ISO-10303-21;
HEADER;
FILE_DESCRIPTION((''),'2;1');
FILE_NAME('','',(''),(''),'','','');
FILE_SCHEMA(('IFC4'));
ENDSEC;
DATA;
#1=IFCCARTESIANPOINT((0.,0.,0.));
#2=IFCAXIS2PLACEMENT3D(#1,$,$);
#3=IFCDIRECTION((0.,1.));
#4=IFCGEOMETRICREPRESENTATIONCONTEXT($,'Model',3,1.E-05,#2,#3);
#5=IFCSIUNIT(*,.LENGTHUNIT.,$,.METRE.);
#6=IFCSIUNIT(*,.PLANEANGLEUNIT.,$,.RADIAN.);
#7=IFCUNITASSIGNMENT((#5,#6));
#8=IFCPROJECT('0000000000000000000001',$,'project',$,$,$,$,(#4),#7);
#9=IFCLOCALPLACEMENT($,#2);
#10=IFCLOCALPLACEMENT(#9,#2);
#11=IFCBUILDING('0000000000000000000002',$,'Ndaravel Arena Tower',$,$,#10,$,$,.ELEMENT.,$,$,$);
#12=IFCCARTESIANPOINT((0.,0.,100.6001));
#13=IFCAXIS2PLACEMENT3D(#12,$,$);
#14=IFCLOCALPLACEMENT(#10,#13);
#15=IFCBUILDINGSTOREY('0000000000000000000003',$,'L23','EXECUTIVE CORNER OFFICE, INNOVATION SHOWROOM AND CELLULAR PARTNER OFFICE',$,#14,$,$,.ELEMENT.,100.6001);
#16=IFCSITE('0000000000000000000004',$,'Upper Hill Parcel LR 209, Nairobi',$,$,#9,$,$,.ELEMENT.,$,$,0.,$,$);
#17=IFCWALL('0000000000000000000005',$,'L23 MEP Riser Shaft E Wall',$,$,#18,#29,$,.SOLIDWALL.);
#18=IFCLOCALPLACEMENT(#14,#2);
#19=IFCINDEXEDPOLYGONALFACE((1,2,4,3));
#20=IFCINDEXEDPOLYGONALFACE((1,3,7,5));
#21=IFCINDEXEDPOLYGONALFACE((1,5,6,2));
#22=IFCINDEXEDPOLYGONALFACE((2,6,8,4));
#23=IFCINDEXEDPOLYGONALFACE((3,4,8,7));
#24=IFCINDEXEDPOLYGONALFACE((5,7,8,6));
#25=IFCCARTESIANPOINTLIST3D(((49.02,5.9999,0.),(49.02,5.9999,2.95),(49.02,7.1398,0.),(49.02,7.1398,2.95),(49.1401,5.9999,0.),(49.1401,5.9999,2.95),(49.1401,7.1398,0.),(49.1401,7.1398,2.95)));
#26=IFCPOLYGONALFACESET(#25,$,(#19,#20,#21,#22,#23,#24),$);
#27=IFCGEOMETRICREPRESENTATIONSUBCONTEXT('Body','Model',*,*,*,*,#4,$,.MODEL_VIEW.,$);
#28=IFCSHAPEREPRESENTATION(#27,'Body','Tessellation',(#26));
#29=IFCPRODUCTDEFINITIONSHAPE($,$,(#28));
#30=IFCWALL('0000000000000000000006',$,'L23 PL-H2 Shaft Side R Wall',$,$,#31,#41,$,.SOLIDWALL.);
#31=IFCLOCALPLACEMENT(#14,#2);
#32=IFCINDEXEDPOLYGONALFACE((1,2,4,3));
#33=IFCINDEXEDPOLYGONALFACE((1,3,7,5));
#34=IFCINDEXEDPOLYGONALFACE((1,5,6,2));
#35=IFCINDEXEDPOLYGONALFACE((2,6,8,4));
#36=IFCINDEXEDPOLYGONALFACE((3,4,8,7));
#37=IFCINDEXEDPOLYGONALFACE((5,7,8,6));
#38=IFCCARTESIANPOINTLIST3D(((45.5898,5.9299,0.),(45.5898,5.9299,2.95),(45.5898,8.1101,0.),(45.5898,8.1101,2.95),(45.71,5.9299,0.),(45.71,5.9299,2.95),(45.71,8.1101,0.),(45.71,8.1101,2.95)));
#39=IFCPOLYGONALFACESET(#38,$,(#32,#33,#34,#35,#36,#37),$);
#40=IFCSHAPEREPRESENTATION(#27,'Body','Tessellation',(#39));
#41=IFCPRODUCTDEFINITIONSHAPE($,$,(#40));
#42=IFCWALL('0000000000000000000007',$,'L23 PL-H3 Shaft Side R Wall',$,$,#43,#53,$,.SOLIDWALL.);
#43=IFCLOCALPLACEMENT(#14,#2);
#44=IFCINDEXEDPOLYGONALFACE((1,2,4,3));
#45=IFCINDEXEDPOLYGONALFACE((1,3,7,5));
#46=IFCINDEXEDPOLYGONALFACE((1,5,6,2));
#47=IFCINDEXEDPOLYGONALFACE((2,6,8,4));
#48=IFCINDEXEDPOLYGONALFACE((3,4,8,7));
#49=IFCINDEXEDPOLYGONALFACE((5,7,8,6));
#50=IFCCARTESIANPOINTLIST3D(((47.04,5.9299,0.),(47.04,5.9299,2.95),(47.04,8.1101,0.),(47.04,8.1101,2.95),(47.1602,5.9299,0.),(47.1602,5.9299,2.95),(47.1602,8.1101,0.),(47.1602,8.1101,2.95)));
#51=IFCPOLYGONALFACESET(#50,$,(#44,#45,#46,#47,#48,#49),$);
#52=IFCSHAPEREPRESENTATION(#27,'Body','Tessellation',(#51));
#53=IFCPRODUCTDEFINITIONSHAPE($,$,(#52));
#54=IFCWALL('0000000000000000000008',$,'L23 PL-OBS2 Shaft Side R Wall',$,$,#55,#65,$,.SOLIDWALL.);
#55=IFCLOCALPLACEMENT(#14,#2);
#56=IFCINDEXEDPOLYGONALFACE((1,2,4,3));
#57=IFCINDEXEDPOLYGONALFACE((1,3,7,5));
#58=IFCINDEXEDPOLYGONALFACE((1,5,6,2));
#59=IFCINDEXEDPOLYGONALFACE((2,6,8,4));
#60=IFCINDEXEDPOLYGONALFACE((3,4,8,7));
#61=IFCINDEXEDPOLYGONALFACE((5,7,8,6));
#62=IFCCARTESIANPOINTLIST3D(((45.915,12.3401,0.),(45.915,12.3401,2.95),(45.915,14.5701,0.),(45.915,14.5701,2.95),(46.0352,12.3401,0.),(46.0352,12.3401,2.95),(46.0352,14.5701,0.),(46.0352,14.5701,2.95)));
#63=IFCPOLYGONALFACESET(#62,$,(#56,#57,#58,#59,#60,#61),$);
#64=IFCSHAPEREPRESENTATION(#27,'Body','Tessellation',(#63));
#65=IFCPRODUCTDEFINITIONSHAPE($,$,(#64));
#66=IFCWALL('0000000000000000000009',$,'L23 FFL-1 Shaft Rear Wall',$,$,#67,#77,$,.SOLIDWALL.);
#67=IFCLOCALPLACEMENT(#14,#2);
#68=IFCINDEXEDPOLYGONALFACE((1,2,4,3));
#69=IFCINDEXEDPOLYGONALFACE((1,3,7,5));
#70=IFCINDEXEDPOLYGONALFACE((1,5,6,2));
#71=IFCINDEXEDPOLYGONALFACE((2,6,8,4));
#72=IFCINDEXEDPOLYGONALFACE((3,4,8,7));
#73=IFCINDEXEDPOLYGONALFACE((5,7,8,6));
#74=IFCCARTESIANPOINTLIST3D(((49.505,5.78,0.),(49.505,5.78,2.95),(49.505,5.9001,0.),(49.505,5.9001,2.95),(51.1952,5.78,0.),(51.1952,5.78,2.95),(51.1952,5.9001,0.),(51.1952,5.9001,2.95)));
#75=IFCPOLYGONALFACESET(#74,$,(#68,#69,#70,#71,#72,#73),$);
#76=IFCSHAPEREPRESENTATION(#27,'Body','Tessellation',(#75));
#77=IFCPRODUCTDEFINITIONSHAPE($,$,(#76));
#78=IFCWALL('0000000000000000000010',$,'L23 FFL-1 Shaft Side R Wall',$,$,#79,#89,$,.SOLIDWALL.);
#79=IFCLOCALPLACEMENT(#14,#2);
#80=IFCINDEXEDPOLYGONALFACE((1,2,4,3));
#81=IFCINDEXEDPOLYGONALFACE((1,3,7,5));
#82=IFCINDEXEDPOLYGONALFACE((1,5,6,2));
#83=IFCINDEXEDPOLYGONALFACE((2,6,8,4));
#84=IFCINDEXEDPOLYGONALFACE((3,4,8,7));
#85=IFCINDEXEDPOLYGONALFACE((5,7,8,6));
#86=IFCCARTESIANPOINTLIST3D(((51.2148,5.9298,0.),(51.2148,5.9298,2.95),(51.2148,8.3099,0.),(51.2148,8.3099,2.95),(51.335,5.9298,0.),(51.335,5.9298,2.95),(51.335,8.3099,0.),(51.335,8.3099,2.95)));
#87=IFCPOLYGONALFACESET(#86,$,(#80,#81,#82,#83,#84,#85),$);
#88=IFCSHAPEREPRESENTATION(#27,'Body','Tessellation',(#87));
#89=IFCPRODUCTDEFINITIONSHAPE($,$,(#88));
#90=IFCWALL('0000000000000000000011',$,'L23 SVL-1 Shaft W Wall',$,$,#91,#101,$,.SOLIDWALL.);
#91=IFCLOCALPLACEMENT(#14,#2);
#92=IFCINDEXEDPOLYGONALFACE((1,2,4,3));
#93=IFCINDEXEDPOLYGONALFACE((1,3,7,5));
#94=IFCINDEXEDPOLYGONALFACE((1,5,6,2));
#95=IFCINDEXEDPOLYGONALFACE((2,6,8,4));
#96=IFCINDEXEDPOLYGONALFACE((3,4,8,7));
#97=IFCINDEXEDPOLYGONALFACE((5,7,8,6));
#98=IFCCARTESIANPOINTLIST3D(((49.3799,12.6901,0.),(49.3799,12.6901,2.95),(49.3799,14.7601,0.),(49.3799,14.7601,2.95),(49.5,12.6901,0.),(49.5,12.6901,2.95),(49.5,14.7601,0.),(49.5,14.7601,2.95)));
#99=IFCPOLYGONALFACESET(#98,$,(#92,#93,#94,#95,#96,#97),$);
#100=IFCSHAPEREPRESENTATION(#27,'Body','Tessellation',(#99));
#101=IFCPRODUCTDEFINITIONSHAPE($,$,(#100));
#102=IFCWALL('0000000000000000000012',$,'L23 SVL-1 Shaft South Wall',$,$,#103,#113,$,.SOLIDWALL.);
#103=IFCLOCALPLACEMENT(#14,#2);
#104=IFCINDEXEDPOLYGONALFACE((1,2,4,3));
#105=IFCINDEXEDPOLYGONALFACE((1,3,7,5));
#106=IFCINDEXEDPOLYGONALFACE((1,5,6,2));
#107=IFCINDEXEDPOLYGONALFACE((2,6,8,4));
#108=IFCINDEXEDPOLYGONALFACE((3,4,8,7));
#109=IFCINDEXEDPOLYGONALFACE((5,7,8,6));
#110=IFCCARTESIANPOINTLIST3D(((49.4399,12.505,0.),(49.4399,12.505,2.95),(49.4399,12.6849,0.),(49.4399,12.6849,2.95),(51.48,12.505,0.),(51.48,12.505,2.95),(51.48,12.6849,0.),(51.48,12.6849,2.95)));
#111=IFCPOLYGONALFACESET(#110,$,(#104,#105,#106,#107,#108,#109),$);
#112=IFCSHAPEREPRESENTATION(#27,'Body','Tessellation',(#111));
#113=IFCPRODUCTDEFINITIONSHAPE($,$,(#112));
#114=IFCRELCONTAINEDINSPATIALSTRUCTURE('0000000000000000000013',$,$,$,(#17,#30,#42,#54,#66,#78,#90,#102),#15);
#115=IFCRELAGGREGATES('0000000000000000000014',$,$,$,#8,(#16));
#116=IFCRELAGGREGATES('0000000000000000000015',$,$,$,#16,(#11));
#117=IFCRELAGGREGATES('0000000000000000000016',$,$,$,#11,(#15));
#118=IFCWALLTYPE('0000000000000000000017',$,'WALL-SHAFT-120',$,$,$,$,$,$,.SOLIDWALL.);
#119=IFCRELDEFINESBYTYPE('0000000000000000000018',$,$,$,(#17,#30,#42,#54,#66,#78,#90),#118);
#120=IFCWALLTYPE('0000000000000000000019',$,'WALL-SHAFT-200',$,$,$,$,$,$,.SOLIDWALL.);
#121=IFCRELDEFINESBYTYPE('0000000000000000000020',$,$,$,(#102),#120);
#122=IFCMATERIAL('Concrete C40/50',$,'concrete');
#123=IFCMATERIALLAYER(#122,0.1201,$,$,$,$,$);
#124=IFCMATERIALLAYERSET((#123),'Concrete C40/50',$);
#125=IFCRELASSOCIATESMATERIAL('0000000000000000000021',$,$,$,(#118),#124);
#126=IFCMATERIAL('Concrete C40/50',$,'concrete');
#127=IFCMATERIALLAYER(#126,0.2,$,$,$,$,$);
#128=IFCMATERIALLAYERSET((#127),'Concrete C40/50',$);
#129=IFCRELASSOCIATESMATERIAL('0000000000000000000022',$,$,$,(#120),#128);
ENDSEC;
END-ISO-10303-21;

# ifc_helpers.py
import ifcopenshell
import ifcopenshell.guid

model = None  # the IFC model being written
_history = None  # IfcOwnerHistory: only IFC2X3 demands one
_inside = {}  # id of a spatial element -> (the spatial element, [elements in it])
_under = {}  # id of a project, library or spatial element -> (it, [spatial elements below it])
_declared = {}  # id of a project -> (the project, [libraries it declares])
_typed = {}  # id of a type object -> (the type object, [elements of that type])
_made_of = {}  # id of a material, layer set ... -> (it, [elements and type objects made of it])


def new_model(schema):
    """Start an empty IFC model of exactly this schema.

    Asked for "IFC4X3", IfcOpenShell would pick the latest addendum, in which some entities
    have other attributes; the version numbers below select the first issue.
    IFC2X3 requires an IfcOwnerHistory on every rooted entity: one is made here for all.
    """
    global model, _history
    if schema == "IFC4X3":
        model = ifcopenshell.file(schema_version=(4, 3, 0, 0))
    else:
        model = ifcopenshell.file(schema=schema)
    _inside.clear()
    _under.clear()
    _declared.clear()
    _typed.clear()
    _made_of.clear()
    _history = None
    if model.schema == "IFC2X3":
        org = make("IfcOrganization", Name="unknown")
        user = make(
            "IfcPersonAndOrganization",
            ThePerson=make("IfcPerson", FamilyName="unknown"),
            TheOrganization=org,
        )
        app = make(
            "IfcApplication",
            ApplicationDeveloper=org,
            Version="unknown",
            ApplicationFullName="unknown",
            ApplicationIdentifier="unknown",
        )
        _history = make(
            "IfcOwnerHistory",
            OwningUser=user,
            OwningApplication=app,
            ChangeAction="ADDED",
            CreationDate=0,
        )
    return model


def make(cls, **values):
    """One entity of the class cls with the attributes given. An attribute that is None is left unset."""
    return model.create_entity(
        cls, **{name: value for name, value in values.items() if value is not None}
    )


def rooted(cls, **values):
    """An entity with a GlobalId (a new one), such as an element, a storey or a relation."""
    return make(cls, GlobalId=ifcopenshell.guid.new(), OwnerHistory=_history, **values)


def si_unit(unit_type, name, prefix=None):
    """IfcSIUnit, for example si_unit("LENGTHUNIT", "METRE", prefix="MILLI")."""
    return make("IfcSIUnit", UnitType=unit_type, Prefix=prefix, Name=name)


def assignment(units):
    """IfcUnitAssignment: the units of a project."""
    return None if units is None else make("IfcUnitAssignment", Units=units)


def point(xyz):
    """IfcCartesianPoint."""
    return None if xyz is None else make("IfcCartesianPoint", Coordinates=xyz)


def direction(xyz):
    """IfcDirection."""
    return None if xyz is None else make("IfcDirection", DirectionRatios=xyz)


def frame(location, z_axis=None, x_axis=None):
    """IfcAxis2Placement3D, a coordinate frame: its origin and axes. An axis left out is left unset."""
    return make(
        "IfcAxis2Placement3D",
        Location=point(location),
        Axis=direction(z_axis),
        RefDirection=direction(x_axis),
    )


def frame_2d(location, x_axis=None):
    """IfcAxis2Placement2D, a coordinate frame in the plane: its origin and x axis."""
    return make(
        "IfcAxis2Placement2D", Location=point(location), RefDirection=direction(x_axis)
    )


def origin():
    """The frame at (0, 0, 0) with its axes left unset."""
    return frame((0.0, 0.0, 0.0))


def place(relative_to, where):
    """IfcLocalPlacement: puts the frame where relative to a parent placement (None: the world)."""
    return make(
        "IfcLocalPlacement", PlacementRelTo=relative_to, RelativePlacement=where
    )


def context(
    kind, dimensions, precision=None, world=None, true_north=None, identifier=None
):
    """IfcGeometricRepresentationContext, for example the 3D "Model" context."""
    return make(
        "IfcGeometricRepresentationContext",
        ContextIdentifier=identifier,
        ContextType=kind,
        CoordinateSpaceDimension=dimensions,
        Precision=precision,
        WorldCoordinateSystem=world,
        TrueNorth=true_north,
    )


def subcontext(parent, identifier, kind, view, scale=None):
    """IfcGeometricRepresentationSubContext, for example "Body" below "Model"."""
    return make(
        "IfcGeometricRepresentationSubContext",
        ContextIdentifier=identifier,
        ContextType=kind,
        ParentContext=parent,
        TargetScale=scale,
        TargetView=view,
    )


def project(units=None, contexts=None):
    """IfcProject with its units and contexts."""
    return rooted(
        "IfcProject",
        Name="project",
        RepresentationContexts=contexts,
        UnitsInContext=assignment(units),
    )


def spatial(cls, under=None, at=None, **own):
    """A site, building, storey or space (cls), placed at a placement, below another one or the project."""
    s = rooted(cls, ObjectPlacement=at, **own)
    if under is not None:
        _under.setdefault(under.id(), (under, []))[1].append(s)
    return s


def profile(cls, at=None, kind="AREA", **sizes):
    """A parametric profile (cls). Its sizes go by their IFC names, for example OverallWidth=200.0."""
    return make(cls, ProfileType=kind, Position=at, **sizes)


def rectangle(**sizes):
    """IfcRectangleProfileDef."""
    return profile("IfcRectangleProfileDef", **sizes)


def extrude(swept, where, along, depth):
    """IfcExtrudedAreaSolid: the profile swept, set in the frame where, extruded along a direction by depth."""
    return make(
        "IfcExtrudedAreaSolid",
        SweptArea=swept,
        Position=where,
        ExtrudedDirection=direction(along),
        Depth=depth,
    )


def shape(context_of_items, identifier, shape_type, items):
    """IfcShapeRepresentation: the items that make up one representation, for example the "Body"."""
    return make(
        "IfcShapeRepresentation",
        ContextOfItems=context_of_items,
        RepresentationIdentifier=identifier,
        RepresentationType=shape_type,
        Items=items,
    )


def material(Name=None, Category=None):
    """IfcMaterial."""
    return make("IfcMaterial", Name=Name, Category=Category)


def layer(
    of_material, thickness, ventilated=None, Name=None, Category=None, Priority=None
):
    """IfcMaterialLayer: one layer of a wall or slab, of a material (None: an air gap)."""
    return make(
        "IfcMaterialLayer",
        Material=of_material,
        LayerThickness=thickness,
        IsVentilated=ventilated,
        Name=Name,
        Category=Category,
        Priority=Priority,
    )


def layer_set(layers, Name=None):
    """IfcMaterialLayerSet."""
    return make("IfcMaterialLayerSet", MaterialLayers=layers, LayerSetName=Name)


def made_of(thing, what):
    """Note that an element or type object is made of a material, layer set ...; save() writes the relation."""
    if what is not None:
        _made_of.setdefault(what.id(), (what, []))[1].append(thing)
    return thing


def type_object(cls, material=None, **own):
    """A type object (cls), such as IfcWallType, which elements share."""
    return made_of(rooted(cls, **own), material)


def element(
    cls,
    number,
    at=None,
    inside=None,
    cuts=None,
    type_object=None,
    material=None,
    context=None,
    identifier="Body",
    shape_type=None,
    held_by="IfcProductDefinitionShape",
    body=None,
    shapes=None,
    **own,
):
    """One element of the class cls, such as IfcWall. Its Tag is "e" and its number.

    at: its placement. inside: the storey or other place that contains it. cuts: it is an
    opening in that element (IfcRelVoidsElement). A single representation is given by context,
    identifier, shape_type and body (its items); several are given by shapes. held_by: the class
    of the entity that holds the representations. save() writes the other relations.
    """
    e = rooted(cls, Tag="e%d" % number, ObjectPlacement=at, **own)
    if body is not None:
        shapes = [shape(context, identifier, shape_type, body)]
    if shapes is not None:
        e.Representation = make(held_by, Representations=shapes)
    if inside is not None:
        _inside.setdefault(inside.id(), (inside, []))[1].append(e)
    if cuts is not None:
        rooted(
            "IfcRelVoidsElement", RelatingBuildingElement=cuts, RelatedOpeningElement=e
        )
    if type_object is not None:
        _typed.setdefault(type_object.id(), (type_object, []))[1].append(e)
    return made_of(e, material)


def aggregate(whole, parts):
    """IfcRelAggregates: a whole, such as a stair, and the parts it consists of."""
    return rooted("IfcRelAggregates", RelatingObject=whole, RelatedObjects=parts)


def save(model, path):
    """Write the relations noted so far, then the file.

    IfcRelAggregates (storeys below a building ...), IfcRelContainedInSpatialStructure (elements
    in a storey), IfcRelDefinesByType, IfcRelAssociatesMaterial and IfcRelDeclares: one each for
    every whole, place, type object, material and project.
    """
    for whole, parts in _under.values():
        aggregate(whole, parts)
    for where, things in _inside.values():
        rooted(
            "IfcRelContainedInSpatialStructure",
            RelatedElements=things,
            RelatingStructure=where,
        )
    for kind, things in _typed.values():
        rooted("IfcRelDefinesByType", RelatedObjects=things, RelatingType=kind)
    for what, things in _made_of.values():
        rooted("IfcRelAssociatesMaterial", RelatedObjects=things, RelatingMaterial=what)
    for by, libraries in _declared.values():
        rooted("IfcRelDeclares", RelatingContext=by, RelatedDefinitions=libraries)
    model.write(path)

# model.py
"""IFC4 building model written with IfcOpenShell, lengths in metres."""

from ifc_helpers import new_model, si_unit, direction, frame, frame_2d, origin, place, context, subcontext, project, spatial, rectangle, extrude, material, layer, layer_set, type_object, element, save


model = new_model("IFC4")

# Units and contexts
model_context = context("Model", 3, precision=1e-05, world=origin(), true_north=direction((0.0, 1.0)))
body_context = subcontext(model_context, "Body", "Model", "MODEL_VIEW")
ifc_project = project(units=[si_unit("LENGTHUNIT", "METRE"), si_unit("PLANEANGLEUNIT", "RADIAN")], contexts=[model_context])

# Site, building, storey
site_placement = place(None, origin())
site = spatial("IfcSite", under=ifc_project, at=site_placement, Name="Upper Hill Parcel LR 209, Nairobi", CompositionType="ELEMENT", RefElevation=0.0)
building_placement = place(site_placement, origin())
building = spatial("IfcBuilding", under=site, at=building_placement, Name="Ndaravel Arena Tower", CompositionType="ELEMENT")
storey_placement = place(building_placement, frame((0.0, 0.0, 100.6001)))
storey = spatial("IfcBuildingStorey", under=building, at=storey_placement, Name="L23", Description="EXECUTIVE CORNER OFFICE, INNOVATION SHOWROOM AND CELLULAR PARTNER OFFICE", CompositionType="ELEMENT", Elevation=100.6001)

# Walls
ifc_material_1 = material(Name="Concrete C40/50", Category="concrete")
ifc_layer_1 = layer(ifc_material_1, 0.1201)
ifc_layer_set_1 = layer_set([ifc_layer_1], Name="Concrete C40/50")
wall_type_1 = type_object("IfcWallType", Name="WALL-SHAFT-120", PredefinedType="SOLIDWALL", material=ifc_layer_set_1)
for number, where, z_axis, x_axis, name in (
    (1, (49.0801, 6.0, 0.0), (0.0, 0.0, 1.0), (0.0, 1.0, 0.0), "L23 MEP Riser Shaft E Wall"),
):
    element("IfcWall", number, at=place(storey_placement, frame(where, z_axis=z_axis, x_axis=x_axis)), inside=storey, type_object=wall_type_1, Name=name, PredefinedType="SOLIDWALL", context=body_context, shape_type="SweptSolid", body=[
        extrude(rectangle(XDim=1.1399, YDim=0.1201, at=frame_2d((0.5698, 0.0))), origin(), (0.0, 0.0, 1.0), 2.95),
    ])
for number, where, z_axis, x_axis, name in (
    (2, (45.6499, 5.9299, 0.0), (0.0, 0.0, 1.0), (0.0, 1.0, 0.0), "L23 PL-H2 Shaft Side R Wall"),
    (3, (47.1001, 5.9299, 0.0), (0.0, 0.0, 1.0), (0.0, 1.0, 0.0), "L23 PL-H3 Shaft Side R Wall"),
):
    element("IfcWall", number, at=place(storey_placement, frame(where, z_axis=z_axis, x_axis=x_axis)), inside=storey, type_object=wall_type_1, Name=name, PredefinedType="SOLIDWALL", context=body_context, shape_type="SweptSolid", body=[
        extrude(rectangle(XDim=2.1802, YDim=0.1201, at=frame_2d((1.0901, 0.0))), origin(), (0.0, 0.0, 1.0), 2.95),
    ])
wall_1_placement = place(storey_placement, frame((45.9751, 12.3401, 0.0), z_axis=(0.0, 0.0, 1.0), x_axis=(0.0, 1.0, 0.0)))
element("IfcWall", 4, at=wall_1_placement, inside=storey, type_object=wall_type_1, Name="L23 PL-OBS2 Shaft Side R Wall", PredefinedType="SOLIDWALL", context=body_context, shape_type="SweptSolid", body=[
    extrude(rectangle(XDim=2.23, YDim=0.1201, at=frame_2d((1.115, 0.0))), origin(), (0.0, 0.0, 1.0), 2.95),
])
wall_2_placement = place(storey_placement, frame((49.5049, 5.8401, 0.0), z_axis=(0.0, 0.0, 1.0), x_axis=(1.0, 0.0, 0.0)))
element("IfcWall", 5, at=wall_2_placement, inside=storey, type_object=wall_type_1, Name="L23 FFL-1 Shaft Rear Wall", PredefinedType="SOLIDWALL", context=body_context, shape_type="SweptSolid", body=[
    extrude(rectangle(XDim=1.6902, YDim=0.1201, at=frame_2d((0.8452, 0.0))), origin(), (0.0, 0.0, 1.0), 2.95),
])
wall_3_placement = place(storey_placement, frame((51.2749, 5.9299, 0.0), z_axis=(0.0, 0.0, 1.0), x_axis=(0.0, 1.0, 0.0)))
element("IfcWall", 6, at=wall_3_placement, inside=storey, type_object=wall_type_1, Name="L23 FFL-1 Shaft Side R Wall", PredefinedType="SOLIDWALL", context=body_context, shape_type="SweptSolid", body=[
    extrude(rectangle(XDim=2.3801, YDim=0.1201, at=frame_2d((1.1899, 0.0))), origin(), (0.0, 0.0, 1.0), 2.95),
])
wall_4_placement = place(storey_placement, frame((49.4399, 12.6899, 0.0), z_axis=(0.0, 0.0, 1.0), x_axis=(0.0, 1.0, 0.0)))
element("IfcWall", 7, at=wall_4_placement, inside=storey, type_object=wall_type_1, Name="L23 SVL-1 Shaft W Wall", PredefinedType="SOLIDWALL", context=body_context, shape_type="SweptSolid", body=[
    extrude(rectangle(XDim=2.0701, YDim=0.1201, at=frame_2d((1.0352, 0.0))), origin(), (0.0, 0.0, 1.0), 2.95),
])

# Shared definitions
ifc_material_2 = material(Name="Concrete C40/50", Category="concrete")
ifc_layer_2 = layer(ifc_material_2, 0.2)
ifc_layer_set_2 = layer_set([ifc_layer_2], Name="Concrete C40/50")
wall_type_2 = type_object("IfcWallType", Name="WALL-SHAFT-200", PredefinedType="SOLIDWALL", material=ifc_layer_set_2)

# Wall
wall_5_placement = place(storey_placement, frame((49.4399, 12.595, 0.0), z_axis=(0.0, 0.0, 1.0), x_axis=(1.0, 0.0, 0.0)))
element("IfcWall", 8, at=wall_5_placement, inside=storey, type_object=wall_type_2, Name="L23 SVL-1 Shaft South Wall", PredefinedType="SOLIDWALL", context=body_context, shape_type="SweptSolid", body=[
    extrude(rectangle(XDim=2.04, YDim=0.1799, at=frame_2d((1.02, 0.0))), origin(), (0.0, 0.0, 1.0), 2.95),
])

save(model, "model.ifc")
